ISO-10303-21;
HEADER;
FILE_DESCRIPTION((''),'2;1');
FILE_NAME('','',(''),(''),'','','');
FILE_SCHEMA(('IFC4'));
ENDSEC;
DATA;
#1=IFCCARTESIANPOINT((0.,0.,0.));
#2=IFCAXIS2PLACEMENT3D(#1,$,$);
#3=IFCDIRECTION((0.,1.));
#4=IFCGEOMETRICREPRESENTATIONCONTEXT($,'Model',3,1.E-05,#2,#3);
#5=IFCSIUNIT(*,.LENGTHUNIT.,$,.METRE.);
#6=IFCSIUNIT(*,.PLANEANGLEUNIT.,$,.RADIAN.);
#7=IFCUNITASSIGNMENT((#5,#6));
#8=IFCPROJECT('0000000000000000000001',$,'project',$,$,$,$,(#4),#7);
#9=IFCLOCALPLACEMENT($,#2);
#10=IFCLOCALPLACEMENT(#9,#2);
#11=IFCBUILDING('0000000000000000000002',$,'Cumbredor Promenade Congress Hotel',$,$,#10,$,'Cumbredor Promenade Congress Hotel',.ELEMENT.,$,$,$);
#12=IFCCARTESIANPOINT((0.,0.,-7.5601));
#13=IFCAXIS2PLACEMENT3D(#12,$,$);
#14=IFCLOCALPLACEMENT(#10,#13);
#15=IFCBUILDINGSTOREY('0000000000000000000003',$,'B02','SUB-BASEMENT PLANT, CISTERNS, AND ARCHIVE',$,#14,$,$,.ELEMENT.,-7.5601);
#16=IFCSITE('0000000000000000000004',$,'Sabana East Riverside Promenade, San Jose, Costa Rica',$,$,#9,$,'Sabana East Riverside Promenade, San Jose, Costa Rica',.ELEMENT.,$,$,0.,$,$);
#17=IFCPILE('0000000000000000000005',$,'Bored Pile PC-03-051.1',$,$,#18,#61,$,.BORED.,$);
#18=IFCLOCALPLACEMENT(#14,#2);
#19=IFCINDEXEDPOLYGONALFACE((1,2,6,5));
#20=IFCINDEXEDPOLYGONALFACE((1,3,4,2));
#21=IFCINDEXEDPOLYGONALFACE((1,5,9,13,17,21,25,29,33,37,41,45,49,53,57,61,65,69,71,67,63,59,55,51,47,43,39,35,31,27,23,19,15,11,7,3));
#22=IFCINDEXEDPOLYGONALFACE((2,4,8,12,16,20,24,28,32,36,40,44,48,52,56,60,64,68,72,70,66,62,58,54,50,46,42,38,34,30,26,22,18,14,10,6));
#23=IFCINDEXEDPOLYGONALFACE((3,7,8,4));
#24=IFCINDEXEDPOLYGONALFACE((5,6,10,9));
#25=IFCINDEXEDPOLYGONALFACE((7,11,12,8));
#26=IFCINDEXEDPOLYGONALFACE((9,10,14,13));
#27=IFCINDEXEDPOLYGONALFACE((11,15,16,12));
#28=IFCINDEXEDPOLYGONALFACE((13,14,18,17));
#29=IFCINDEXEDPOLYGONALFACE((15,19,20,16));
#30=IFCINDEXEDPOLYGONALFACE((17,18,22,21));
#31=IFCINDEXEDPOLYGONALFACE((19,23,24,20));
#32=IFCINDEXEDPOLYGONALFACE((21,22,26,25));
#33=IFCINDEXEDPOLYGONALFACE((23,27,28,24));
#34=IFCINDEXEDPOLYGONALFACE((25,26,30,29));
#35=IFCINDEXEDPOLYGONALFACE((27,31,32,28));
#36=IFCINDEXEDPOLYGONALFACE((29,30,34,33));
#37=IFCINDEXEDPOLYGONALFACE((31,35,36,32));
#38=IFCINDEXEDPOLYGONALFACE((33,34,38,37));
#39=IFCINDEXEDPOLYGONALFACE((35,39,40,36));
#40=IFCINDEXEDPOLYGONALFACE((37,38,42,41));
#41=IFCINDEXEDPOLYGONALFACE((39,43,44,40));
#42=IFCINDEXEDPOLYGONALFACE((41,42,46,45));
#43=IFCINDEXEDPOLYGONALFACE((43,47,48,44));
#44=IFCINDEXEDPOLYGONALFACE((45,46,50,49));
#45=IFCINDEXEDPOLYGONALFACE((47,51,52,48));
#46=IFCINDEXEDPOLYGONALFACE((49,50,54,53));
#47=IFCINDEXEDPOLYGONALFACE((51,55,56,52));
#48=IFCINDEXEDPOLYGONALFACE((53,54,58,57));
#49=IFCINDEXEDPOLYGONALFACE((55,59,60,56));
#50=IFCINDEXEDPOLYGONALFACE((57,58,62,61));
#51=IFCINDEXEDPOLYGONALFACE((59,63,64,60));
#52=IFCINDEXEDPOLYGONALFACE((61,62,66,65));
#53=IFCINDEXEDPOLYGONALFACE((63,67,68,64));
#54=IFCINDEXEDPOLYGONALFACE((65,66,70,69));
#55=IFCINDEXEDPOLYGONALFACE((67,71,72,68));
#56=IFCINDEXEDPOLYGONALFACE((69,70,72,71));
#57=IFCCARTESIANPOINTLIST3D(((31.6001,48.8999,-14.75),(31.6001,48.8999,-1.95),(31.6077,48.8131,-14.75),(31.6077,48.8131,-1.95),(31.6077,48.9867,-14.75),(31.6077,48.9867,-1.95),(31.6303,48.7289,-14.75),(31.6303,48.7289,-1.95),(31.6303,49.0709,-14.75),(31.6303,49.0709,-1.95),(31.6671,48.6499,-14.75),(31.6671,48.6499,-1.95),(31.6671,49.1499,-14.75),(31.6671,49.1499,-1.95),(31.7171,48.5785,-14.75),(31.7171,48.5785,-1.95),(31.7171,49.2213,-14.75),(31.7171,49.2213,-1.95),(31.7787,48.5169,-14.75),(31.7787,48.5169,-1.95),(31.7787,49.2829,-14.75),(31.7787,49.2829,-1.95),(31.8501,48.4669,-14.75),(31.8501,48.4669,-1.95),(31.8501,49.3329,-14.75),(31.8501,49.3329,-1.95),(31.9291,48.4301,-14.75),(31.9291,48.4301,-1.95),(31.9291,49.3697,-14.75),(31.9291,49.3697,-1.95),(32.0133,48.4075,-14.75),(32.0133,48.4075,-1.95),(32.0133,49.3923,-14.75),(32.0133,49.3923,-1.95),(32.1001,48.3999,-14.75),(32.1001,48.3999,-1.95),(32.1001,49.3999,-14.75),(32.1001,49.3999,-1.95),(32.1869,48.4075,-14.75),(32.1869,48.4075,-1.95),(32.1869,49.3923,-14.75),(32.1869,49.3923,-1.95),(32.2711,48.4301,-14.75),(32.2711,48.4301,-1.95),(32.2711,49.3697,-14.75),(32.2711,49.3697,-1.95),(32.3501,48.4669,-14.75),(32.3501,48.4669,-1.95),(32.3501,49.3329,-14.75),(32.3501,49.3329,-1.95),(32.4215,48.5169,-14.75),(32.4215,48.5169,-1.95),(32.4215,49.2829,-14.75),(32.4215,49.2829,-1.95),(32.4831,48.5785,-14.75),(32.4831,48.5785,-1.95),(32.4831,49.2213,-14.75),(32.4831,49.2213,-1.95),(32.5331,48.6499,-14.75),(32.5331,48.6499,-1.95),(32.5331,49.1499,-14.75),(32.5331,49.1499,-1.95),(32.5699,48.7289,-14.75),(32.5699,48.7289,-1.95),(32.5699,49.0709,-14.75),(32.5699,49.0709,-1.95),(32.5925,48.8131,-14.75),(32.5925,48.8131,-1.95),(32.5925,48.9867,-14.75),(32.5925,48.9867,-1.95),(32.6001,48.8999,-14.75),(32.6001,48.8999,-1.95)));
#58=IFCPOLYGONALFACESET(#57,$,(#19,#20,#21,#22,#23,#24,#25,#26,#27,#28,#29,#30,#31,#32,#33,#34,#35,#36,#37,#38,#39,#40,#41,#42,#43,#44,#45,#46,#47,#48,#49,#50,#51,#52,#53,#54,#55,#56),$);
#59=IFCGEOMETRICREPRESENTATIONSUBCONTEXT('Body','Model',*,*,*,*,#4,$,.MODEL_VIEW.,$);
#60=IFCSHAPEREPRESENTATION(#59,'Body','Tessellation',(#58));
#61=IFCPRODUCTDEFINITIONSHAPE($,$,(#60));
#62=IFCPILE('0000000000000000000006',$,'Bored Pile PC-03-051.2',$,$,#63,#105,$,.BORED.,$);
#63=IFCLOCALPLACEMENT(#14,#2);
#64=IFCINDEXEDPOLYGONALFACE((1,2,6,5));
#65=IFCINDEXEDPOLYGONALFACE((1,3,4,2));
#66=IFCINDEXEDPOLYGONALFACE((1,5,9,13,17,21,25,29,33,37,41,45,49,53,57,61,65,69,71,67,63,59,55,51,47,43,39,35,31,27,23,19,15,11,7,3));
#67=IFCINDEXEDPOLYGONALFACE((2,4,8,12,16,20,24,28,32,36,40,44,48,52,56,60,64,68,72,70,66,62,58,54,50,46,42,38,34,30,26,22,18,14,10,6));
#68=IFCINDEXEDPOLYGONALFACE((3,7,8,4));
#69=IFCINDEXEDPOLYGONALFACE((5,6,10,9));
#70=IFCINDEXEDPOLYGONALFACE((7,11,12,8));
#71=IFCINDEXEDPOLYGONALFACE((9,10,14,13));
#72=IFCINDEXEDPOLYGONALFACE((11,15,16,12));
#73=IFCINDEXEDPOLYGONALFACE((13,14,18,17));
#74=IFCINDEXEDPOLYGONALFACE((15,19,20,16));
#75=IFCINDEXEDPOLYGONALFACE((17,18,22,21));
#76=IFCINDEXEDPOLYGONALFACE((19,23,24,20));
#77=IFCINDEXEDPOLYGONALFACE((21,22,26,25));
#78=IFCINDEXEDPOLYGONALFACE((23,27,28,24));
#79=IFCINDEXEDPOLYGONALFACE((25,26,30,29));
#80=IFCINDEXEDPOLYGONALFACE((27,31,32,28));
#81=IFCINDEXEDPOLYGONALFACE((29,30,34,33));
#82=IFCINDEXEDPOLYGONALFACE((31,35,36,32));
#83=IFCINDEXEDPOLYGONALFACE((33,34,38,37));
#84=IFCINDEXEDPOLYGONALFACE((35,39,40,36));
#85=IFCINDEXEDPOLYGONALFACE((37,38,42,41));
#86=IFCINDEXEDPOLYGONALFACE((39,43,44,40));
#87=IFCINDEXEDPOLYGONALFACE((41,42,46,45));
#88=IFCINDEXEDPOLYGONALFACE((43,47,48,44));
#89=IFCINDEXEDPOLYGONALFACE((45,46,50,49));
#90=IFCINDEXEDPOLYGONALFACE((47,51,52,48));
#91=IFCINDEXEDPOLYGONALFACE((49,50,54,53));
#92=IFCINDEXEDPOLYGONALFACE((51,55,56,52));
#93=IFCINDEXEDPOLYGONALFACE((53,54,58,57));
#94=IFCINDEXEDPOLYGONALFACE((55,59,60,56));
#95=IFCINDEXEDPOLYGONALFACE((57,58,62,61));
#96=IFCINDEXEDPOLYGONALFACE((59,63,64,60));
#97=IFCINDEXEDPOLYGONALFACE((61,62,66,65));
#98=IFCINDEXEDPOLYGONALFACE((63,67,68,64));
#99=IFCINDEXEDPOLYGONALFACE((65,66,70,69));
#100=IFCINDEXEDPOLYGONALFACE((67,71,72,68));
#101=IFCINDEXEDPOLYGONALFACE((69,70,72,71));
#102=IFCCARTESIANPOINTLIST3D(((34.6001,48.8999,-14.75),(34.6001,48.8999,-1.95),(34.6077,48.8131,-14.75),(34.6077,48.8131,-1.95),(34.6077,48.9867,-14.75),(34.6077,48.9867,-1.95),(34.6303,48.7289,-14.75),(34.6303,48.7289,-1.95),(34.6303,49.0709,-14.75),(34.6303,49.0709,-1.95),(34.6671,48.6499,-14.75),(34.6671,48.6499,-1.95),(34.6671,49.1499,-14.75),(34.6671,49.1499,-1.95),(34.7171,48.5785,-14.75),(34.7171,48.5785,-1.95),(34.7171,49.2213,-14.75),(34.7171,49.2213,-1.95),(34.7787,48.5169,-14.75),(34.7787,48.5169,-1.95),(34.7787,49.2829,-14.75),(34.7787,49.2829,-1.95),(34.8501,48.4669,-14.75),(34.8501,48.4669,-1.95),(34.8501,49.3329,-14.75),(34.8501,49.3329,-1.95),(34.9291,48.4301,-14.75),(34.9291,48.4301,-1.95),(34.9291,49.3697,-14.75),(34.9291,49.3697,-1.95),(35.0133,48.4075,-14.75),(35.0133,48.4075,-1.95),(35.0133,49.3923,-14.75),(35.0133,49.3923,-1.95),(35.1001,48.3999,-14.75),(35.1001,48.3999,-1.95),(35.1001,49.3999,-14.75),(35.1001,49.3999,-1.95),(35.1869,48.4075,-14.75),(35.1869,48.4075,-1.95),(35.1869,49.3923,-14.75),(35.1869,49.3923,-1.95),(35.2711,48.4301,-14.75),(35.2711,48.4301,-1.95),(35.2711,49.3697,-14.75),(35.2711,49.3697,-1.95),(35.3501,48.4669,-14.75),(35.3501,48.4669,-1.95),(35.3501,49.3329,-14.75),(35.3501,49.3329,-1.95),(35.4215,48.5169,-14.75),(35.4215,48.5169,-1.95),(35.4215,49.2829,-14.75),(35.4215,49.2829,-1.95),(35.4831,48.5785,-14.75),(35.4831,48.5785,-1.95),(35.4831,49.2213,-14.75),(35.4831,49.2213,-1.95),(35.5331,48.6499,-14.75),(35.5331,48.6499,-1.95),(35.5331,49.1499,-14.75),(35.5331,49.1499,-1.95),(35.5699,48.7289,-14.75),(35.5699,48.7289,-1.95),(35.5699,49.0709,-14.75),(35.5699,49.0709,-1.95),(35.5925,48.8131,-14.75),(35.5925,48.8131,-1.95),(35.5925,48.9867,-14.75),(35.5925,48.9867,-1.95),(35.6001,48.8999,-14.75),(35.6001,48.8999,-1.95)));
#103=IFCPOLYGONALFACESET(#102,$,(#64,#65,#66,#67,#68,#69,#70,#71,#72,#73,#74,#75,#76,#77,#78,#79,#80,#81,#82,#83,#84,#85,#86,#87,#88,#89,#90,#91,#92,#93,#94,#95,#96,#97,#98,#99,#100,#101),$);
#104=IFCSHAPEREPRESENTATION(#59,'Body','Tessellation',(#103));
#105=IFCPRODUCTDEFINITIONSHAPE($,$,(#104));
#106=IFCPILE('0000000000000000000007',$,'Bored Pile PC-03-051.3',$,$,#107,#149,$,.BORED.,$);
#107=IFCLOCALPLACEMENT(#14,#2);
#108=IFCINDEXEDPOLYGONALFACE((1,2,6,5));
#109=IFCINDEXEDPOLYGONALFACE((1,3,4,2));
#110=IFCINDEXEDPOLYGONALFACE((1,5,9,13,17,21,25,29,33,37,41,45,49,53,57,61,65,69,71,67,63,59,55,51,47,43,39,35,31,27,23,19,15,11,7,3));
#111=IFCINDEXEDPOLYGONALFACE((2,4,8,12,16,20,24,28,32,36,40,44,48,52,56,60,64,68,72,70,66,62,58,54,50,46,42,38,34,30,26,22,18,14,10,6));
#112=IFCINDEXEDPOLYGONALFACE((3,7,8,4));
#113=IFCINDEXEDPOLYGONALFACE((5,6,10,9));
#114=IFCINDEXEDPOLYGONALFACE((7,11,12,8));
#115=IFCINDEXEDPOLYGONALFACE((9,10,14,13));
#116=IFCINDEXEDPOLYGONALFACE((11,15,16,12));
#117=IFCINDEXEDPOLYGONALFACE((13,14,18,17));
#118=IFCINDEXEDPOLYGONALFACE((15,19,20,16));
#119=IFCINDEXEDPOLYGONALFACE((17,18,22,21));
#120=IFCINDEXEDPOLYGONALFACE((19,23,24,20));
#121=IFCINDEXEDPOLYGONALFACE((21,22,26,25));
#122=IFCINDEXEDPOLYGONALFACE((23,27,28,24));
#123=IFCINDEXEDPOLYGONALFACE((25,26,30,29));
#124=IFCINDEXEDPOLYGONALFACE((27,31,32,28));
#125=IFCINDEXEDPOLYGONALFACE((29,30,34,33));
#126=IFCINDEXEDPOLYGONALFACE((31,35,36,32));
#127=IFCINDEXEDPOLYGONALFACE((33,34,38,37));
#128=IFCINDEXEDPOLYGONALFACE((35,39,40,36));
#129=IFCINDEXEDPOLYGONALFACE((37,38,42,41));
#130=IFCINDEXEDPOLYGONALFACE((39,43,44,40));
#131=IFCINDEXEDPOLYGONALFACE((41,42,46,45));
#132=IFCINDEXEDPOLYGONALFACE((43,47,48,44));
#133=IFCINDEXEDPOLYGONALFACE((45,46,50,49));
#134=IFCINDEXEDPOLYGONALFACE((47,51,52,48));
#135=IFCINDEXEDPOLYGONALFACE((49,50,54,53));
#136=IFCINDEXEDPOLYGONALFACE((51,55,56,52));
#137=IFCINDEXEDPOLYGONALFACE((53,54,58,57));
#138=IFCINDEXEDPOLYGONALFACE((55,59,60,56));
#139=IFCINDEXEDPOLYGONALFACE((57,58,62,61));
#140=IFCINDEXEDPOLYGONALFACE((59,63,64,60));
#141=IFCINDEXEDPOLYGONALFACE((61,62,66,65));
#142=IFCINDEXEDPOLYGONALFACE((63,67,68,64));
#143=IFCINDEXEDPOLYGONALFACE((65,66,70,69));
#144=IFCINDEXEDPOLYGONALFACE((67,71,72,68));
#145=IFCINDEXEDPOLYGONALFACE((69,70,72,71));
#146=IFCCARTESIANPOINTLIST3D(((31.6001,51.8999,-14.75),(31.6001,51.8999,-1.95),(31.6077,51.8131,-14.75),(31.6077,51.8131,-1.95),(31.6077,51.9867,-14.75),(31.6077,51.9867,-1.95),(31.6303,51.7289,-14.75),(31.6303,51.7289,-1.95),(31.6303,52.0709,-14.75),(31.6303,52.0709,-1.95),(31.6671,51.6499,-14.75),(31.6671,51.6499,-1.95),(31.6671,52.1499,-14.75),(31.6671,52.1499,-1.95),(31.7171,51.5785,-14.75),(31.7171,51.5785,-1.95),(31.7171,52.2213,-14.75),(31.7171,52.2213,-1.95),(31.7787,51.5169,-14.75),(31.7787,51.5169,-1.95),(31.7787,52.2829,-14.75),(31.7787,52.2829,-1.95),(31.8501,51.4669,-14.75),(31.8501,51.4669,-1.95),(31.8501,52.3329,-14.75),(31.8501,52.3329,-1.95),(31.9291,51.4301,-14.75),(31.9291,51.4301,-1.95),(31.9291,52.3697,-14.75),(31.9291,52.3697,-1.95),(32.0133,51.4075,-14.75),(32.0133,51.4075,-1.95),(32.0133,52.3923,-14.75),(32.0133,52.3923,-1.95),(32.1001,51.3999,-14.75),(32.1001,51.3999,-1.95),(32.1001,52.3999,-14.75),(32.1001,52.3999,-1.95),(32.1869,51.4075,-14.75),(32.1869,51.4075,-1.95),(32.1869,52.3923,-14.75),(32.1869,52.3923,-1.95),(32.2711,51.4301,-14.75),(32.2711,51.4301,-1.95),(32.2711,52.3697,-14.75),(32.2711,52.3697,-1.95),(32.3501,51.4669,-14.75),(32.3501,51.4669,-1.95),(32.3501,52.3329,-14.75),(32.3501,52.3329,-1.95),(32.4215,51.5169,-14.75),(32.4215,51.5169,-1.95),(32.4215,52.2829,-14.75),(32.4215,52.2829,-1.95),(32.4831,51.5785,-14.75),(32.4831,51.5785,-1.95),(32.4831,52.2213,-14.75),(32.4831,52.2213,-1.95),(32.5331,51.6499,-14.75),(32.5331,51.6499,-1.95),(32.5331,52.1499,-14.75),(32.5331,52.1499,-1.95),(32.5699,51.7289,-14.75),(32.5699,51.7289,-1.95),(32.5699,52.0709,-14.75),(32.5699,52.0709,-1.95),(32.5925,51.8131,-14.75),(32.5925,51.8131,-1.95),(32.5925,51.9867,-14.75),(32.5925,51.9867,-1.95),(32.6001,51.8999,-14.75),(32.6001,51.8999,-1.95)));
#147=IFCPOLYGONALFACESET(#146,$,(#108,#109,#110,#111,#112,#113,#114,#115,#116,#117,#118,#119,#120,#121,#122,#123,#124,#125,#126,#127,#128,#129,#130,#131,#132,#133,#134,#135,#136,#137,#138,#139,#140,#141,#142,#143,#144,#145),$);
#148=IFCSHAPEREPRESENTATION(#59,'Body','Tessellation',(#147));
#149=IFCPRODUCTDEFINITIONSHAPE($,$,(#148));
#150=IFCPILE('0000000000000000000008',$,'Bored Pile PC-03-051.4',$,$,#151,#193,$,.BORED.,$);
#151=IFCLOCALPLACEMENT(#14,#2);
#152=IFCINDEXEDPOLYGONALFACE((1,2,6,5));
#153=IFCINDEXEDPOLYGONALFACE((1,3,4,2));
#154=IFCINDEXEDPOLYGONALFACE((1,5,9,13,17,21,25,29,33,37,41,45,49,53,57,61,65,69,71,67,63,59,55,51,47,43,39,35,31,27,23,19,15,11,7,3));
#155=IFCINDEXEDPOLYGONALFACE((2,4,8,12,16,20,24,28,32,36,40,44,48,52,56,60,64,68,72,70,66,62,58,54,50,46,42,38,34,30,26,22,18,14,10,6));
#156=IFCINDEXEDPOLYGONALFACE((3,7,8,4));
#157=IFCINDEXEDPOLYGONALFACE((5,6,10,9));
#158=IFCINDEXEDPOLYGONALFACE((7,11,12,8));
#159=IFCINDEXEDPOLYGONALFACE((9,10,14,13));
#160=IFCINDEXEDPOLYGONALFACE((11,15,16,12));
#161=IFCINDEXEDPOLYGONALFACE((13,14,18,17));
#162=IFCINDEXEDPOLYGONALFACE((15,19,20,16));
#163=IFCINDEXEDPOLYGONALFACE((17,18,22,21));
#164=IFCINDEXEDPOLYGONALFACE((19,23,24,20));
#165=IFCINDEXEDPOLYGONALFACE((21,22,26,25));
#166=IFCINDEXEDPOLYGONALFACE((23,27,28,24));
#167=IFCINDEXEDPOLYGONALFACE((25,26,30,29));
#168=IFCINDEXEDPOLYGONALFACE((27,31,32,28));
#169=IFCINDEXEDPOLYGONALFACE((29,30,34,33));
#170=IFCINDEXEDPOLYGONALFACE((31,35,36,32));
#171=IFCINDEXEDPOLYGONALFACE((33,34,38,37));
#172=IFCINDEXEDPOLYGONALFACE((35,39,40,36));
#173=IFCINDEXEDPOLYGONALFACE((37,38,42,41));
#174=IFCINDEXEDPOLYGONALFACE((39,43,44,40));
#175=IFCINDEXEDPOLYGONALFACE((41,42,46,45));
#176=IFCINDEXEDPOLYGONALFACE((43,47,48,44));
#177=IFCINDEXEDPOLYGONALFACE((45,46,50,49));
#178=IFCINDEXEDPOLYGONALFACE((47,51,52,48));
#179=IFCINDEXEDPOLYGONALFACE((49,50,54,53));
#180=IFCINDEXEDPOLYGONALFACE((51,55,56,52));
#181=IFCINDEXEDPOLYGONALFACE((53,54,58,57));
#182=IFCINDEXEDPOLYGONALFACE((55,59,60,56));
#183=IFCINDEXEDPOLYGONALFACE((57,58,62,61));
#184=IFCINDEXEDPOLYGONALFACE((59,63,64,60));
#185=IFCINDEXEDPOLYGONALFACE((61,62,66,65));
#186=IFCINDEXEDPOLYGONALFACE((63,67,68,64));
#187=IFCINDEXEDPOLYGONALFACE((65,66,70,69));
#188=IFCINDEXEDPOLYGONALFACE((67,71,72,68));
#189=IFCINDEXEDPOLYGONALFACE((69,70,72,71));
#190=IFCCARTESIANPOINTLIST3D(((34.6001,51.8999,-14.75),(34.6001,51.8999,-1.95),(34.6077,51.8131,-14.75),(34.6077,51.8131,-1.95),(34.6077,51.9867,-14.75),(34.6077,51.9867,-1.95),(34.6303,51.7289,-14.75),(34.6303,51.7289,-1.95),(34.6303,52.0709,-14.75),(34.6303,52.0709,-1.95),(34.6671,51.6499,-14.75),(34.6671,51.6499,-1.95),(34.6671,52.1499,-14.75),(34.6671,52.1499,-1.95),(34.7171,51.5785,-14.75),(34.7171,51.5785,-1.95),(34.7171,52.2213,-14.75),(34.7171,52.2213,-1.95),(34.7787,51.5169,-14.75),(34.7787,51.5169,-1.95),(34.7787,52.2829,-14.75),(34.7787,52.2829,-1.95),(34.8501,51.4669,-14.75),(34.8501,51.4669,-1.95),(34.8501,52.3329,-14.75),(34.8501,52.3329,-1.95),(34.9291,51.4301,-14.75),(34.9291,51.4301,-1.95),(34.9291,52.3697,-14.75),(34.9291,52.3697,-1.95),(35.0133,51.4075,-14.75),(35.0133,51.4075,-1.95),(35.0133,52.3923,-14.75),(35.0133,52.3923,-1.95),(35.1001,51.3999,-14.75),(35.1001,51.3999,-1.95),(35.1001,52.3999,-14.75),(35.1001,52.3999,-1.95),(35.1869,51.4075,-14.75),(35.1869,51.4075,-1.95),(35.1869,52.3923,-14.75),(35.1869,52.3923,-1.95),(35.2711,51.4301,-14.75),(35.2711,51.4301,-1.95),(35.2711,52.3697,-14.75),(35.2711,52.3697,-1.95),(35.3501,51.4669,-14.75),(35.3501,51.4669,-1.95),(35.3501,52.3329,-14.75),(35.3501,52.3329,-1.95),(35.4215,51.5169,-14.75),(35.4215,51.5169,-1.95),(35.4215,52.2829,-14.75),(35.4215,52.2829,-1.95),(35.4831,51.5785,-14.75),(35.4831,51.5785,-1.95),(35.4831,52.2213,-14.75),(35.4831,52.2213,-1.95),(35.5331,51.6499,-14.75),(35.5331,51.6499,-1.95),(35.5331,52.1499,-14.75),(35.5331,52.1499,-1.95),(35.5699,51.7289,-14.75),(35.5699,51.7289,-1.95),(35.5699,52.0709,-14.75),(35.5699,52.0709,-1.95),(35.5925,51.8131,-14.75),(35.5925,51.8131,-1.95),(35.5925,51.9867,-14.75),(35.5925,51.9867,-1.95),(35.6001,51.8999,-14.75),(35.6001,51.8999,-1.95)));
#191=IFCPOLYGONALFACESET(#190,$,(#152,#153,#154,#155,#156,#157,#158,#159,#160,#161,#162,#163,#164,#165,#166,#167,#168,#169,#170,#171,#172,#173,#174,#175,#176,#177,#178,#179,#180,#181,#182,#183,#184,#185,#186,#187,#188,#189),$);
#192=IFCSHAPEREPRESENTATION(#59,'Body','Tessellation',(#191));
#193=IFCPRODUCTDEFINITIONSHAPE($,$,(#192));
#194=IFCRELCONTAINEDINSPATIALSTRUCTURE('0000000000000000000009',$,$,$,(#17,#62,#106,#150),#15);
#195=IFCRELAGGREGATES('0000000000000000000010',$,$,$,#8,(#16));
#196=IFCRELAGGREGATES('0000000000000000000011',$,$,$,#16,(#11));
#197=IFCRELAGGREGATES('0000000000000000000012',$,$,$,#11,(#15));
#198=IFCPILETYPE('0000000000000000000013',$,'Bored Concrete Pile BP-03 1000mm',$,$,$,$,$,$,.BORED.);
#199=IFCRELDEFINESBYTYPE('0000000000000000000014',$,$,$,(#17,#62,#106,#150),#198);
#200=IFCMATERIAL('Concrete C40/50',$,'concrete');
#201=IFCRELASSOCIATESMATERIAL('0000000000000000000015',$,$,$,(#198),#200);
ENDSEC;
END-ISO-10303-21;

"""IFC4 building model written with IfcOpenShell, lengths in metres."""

from ifc_helpers import new_model, si_unit, direction, frame, origin, origin_2d, place, context, subcontext, project, spatial, circle, extrude, material, material_profile, profile_set, type_object, element, save


model = new_model("IFC4")

# Units and contexts
model_context = context("Model", 3, precision=1e-05, world=origin(), true_north=direction((0.0, 1.0)))
body_context = subcontext(model_context, "Body", "Model", "MODEL_VIEW")
ifc_project = project(units=[si_unit("LENGTHUNIT", "METRE"), si_unit("PLANEANGLEUNIT", "RADIAN")], contexts=[model_context])

# Site, building, storey
site_placement = place(None, origin())
site = spatial("IfcSite", under=ifc_project, at=site_placement, Name="Sabana East Riverside Promenade, San Jose, Costa Rica", LongName="Sabana East Riverside Promenade, San Jose, Costa Rica", CompositionType="ELEMENT", RefElevation=0.0)
building_placement = place(site_placement, origin())
building = spatial("IfcBuilding", under=site, at=building_placement, Name="Cumbredor Promenade Congress Hotel", LongName="Cumbredor Promenade Congress Hotel", CompositionType="ELEMENT")
storey_placement = place(building_placement, frame((0.0, 0.0, -7.5601)))
storey = spatial("IfcBuildingStorey", under=building, at=storey_placement, Name="B02", Description="SUB-BASEMENT PLANT, CISTERNS, AND ARCHIVE", CompositionType="ELEMENT", Elevation=-7.5601)

# Piles
ifc_material_1 = material(Name="Concrete C40/50", Category="concrete")
ifc_material_profile_1 = material_profile(ifc_material_1, circle(Radius=0.5, at=origin_2d()), Name="PILE D1000")
ifc_profile_set_1 = profile_set([ifc_material_profile_1], Name="Concrete C40/50")
pile_type = type_object("IfcPileType", Name="Bored Concrete Pile BP-03 1000mm", PredefinedType="BORED", material=ifc_profile_set_1)
for number, where, z_axis, x_axis, name in (
    (1, (32.1001, 48.8999, -1.95), (0.0, 0.0, -1.0), (1.0, 0.0, 0.0), "Bored Pile PC-03-051.1"),
    (2, (35.1001, 48.8999, -1.95), (0.0, 0.0, -1.0), (1.0, 0.0, 0.0), "Bored Pile PC-03-051.2"),
    (3, (32.1001, 51.8999, -1.95), (0.0, 0.0, -1.0), (1.0, 0.0, 0.0), "Bored Pile PC-03-051.3"),
    (4, (35.1001, 51.8999, -1.95), (0.0, 0.0, -1.0), (1.0, 0.0, 0.0), "Bored Pile PC-03-051.4"),
):
    element("IfcPile", number, at=place(storey_placement, frame(where, z_axis=z_axis, x_axis=x_axis)), inside=storey, type_object=pile_type, Name=name, PredefinedType="BORED", context=body_context, shape_type="SweptSolid", body=[
        extrude(circle(Radius=0.5, at=origin_2d()), origin(), (0.0, 0.0, 1.0), 12.8),
    ])

save(model, "model.ifc")
